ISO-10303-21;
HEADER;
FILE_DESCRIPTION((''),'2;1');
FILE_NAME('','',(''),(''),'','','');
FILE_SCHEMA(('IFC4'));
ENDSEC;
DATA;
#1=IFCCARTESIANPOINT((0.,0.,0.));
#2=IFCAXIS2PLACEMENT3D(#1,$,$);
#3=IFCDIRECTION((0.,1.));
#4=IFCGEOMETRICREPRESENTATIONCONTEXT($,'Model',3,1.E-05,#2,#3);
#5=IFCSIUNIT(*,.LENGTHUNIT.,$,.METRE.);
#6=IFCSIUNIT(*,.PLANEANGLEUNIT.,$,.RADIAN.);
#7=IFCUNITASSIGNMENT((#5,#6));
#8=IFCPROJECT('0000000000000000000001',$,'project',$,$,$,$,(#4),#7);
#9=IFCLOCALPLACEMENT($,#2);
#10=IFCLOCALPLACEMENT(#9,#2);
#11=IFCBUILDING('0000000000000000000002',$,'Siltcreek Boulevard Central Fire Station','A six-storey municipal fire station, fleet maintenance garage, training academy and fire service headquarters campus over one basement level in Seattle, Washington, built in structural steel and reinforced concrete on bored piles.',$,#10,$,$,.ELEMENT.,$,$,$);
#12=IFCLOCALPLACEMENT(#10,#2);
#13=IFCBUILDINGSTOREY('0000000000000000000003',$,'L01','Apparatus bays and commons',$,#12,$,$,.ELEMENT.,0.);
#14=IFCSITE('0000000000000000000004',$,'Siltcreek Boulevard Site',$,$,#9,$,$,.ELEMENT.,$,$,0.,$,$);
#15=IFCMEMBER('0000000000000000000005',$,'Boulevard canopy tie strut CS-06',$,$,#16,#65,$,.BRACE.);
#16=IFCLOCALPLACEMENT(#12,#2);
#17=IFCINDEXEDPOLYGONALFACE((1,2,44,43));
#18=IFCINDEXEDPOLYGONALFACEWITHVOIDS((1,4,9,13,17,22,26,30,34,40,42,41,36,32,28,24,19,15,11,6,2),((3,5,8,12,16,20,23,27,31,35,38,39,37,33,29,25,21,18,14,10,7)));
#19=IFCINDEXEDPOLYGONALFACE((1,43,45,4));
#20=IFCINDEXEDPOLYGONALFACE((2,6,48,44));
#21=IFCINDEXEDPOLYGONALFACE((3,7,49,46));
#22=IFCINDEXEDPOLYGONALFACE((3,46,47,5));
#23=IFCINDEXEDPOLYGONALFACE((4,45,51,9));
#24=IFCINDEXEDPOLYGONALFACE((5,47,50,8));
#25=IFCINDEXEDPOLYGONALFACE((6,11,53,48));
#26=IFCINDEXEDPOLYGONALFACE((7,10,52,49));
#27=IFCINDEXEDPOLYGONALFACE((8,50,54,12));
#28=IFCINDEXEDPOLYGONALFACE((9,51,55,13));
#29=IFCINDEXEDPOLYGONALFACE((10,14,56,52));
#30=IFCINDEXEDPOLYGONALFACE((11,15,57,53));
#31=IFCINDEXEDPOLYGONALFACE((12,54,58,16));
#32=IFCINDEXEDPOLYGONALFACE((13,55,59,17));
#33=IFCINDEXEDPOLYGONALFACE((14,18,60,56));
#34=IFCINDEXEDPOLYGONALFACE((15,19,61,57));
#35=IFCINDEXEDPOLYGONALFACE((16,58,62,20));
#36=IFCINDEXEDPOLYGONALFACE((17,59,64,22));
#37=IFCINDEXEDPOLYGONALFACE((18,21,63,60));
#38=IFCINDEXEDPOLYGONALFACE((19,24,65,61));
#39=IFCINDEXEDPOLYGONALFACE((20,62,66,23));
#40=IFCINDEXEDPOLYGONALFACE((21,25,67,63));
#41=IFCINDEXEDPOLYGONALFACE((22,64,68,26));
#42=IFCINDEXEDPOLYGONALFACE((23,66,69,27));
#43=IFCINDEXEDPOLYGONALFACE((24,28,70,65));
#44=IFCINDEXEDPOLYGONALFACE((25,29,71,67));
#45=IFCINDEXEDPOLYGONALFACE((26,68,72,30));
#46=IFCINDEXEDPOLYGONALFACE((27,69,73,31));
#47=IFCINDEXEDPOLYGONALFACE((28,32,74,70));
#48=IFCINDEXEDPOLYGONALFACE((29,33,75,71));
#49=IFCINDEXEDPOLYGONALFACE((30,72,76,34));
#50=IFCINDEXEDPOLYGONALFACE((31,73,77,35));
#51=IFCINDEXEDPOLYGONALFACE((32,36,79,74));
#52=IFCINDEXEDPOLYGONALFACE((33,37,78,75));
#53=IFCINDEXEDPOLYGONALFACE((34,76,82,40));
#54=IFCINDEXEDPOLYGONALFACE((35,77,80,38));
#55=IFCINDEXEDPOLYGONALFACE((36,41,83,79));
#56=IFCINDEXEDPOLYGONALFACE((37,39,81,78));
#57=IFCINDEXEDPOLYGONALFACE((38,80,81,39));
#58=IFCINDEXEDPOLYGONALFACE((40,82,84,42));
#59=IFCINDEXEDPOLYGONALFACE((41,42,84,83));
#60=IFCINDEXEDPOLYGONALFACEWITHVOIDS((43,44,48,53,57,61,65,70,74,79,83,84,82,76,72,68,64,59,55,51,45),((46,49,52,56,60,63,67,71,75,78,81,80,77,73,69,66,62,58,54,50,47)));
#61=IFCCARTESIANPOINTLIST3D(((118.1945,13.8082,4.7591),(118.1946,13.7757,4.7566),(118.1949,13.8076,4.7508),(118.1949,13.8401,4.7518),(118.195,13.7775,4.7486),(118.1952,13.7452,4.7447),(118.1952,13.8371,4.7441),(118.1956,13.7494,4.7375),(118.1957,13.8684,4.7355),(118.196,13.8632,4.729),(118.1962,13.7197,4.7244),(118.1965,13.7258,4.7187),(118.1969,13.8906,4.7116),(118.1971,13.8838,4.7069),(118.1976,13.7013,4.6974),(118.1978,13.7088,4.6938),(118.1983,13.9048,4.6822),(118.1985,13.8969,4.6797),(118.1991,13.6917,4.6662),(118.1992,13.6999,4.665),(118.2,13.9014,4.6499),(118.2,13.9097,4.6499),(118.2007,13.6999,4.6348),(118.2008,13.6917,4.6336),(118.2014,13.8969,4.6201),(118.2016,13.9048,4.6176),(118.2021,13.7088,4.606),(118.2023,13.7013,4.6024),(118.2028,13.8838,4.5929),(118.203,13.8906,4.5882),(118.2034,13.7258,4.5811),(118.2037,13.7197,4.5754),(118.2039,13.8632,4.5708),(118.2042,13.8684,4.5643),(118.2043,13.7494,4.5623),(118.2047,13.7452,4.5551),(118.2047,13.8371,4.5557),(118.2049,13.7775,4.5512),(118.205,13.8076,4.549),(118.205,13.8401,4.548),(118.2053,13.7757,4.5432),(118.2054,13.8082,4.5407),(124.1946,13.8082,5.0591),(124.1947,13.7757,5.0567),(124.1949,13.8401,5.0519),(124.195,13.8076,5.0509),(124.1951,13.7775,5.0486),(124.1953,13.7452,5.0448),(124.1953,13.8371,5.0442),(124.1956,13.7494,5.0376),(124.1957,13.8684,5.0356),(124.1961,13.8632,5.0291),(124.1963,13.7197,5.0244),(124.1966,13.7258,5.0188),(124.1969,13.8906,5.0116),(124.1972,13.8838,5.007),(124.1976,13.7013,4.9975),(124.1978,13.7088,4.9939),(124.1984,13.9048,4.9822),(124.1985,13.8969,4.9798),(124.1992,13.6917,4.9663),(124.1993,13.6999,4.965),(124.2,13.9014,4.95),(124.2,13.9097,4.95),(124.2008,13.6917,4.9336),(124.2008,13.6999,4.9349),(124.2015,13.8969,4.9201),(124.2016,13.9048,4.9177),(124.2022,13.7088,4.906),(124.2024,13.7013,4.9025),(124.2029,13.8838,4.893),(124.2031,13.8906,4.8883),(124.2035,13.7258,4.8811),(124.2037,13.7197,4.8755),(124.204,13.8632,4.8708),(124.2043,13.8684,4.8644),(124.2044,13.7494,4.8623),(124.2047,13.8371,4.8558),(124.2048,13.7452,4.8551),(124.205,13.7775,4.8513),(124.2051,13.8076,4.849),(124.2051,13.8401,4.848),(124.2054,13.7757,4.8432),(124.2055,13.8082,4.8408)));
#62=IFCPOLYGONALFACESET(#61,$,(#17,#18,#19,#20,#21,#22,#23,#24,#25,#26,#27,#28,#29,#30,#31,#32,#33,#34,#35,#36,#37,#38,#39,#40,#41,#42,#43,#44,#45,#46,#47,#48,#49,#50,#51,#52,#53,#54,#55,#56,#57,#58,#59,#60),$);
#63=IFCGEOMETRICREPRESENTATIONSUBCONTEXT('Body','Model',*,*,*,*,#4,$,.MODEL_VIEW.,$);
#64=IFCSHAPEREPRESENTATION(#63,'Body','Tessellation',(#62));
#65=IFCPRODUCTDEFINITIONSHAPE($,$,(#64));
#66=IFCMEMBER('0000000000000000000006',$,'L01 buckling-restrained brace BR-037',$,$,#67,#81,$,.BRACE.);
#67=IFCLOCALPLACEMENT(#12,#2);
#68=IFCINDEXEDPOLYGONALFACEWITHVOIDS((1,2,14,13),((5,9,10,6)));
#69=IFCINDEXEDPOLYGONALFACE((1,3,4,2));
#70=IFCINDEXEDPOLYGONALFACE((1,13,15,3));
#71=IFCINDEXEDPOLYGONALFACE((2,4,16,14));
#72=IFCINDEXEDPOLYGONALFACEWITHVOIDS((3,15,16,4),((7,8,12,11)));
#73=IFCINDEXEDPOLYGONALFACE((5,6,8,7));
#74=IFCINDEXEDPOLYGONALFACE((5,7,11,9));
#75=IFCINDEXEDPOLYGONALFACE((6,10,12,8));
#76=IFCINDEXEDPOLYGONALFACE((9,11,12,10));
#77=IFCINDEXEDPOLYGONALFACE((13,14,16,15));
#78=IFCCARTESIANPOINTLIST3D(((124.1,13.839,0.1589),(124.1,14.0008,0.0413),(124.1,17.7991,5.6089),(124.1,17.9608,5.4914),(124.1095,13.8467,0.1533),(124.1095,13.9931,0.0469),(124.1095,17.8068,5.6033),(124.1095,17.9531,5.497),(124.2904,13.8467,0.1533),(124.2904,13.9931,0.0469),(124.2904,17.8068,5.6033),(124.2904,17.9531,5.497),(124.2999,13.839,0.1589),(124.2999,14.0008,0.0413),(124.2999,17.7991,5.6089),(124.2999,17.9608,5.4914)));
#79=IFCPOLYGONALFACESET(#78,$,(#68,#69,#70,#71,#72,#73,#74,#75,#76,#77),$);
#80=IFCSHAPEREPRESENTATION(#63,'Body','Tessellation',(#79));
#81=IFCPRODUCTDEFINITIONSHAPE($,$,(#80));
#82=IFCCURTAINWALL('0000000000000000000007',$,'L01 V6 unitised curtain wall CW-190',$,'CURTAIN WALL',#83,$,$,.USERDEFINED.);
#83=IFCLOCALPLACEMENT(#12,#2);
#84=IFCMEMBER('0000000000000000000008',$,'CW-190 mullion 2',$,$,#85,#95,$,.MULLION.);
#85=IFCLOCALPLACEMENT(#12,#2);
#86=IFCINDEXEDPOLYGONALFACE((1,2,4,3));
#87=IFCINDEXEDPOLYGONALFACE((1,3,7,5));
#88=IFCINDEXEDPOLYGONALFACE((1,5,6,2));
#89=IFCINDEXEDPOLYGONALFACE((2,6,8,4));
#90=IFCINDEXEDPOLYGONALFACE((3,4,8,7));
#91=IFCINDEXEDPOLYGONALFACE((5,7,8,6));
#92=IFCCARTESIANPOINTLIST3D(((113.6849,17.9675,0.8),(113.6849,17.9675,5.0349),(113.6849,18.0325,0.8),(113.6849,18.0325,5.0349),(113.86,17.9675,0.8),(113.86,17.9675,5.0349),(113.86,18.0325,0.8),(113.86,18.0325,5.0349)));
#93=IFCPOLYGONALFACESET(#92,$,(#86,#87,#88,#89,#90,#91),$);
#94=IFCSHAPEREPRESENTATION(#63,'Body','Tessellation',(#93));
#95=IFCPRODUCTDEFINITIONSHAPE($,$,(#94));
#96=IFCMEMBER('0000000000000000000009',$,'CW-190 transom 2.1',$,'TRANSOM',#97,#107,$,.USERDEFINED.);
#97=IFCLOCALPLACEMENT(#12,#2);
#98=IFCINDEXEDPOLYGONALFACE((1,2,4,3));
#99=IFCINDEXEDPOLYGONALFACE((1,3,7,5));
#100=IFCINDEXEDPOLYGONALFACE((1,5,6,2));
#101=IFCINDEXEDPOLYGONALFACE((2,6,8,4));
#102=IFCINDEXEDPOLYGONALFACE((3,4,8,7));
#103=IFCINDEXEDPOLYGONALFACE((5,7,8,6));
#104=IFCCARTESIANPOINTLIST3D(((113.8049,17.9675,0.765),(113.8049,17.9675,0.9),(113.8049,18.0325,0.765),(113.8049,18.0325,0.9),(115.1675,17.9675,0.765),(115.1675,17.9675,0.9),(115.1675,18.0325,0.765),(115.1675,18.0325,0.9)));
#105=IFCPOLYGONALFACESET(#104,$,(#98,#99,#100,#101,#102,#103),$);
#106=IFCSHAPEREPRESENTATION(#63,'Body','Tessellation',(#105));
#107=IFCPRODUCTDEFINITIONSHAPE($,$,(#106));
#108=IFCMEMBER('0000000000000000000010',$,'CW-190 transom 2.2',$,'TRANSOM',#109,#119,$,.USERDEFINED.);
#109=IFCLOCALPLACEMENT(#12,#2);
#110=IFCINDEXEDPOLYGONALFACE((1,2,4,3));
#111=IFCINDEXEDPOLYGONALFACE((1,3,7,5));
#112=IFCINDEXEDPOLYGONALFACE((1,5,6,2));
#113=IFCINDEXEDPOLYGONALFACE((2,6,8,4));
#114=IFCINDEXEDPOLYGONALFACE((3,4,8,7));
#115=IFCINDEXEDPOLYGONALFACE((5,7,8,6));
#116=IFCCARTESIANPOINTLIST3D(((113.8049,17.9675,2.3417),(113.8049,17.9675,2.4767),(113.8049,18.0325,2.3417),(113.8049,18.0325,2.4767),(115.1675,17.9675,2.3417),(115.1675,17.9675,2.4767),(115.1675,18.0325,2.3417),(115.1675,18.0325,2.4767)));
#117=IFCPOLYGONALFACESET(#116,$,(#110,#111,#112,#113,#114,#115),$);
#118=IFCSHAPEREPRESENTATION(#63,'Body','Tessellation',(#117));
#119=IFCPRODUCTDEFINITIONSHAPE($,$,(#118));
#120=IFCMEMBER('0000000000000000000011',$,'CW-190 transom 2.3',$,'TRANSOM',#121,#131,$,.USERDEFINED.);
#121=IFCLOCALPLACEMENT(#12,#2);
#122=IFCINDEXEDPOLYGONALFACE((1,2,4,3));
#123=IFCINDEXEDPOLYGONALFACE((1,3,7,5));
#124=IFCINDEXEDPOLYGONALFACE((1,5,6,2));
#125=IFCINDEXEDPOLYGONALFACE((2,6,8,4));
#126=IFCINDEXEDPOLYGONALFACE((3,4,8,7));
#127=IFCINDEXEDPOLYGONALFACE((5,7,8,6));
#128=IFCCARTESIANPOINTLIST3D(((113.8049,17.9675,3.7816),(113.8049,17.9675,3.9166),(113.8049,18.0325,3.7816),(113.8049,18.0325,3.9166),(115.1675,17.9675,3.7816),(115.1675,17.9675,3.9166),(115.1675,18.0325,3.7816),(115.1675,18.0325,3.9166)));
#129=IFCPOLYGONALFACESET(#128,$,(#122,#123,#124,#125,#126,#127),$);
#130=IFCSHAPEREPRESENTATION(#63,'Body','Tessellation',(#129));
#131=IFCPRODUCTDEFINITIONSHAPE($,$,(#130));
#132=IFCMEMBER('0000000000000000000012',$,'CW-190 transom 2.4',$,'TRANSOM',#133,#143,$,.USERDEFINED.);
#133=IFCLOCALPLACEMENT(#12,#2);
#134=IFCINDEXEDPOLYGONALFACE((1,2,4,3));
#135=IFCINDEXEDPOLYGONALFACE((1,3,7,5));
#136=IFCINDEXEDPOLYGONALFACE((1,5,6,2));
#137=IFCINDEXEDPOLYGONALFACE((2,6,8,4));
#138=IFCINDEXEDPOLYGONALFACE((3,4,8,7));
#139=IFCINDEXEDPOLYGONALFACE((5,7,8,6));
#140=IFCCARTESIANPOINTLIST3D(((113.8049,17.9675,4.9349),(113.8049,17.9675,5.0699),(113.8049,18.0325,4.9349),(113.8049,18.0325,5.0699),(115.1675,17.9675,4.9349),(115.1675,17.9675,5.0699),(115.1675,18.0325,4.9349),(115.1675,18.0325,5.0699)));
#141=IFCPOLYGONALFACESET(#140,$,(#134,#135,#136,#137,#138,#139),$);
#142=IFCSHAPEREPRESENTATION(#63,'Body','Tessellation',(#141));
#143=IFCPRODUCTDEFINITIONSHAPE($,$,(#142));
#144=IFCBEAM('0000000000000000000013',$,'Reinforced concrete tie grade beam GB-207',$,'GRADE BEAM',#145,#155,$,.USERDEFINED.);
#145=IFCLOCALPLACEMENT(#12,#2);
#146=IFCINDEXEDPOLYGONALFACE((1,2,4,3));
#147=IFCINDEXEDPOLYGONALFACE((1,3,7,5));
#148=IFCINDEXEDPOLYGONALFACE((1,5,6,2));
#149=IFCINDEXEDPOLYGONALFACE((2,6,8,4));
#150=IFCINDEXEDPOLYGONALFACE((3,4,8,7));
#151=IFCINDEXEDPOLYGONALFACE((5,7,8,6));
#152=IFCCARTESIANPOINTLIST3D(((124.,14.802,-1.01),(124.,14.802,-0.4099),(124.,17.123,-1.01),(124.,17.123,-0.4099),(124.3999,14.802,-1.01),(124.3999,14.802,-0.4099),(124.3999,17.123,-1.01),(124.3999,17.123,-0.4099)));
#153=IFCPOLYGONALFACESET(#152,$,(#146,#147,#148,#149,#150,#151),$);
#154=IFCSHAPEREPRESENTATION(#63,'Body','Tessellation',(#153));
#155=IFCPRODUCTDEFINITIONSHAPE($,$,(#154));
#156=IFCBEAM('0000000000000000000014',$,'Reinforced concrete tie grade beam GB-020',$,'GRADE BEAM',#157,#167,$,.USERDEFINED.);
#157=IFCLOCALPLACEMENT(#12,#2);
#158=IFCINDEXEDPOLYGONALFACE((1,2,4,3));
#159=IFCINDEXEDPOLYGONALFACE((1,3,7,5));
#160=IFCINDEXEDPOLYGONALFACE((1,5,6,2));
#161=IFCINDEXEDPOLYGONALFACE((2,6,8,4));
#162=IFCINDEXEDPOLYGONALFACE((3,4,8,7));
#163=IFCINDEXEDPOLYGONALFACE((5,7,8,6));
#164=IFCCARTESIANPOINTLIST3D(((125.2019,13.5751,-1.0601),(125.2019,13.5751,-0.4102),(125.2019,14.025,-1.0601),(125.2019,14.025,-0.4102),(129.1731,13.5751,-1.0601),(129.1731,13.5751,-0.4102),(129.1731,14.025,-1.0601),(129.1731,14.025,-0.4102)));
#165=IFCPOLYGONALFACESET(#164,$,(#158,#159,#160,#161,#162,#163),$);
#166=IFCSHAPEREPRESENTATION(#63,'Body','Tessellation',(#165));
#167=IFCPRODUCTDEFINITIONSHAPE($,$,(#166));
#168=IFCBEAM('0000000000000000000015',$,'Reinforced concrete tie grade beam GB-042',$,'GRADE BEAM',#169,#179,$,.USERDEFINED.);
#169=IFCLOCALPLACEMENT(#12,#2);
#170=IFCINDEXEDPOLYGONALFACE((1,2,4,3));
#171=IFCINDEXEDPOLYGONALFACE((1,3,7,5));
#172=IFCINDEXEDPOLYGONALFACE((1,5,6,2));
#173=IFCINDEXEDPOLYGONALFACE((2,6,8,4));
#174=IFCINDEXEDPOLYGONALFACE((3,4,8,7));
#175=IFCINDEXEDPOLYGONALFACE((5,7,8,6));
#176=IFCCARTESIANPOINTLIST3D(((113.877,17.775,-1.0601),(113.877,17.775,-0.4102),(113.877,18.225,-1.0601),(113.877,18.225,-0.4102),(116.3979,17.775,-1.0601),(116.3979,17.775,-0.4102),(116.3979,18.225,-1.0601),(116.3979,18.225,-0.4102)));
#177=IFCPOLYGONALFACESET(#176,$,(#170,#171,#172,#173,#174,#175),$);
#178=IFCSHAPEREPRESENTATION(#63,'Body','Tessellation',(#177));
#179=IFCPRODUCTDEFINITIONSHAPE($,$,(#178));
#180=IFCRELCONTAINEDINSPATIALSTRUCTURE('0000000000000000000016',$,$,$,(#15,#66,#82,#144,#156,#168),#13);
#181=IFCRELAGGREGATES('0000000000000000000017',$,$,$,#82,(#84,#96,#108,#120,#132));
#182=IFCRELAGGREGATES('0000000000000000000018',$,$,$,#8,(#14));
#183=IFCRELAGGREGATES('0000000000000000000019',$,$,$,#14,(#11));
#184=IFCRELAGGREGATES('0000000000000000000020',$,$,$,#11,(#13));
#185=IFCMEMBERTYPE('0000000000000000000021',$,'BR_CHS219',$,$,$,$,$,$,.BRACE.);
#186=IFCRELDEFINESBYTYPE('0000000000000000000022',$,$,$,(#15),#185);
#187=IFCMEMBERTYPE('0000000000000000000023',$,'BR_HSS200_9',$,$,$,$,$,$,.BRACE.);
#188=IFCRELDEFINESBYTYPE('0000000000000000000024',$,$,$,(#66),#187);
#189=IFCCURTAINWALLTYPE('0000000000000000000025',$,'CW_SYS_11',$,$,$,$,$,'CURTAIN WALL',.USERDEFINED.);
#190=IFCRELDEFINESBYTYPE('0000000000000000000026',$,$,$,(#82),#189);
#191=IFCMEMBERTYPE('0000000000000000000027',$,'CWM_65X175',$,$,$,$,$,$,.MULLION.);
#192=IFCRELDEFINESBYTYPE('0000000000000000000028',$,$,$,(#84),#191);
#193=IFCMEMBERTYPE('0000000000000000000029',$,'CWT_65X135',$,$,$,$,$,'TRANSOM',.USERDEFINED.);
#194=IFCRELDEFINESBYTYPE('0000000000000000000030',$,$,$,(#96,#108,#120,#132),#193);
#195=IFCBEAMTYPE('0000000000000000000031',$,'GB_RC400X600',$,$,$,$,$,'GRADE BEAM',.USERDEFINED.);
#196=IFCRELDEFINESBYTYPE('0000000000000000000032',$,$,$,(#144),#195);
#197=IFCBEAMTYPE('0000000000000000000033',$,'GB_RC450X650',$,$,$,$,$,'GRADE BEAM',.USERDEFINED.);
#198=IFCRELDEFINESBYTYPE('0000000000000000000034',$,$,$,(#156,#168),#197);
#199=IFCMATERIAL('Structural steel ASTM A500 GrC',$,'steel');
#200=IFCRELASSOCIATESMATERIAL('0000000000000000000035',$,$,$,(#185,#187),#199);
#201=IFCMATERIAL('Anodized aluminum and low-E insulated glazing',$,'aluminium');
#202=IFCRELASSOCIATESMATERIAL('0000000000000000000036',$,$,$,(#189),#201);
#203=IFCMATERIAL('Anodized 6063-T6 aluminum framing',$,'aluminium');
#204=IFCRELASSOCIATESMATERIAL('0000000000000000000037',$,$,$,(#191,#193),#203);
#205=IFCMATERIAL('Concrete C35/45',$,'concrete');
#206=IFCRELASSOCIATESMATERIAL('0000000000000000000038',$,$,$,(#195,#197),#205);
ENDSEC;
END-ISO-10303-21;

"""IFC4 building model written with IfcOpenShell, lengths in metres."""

from ifc_helpers import new_model, si_unit, direction, frame, origin, origin_2d, place, context, subcontext, project, spatial, rectangle, hollow_rectangle, hollow_circle, extrude, material, material_profile, profile_set, type_object, element, aggregate, save


model = new_model("IFC4")

# Units and contexts
model_context = context("Model", 3, precision=1e-05, world=origin(), true_north=direction((0.0, 1.0)))
body_context = subcontext(model_context, "Body", "Model", "MODEL_VIEW")
ifc_project = project(units=[si_unit("LENGTHUNIT", "METRE"), si_unit("PLANEANGLEUNIT", "RADIAN")], contexts=[model_context])

# Site, building, storey
site_placement = place(None, origin())
site = spatial("IfcSite", under=ifc_project, at=site_placement, Name="Siltcreek Boulevard Site", CompositionType="ELEMENT", RefElevation=0.0)
building_placement = place(site_placement, origin())
building = spatial("IfcBuilding", under=site, at=building_placement, Name="Siltcreek Boulevard Central Fire Station", Description="A six-storey municipal fire station, fleet maintenance garage, training academy and fire service headquarters campus over one basement level in Seattle, Washington, built in structural steel and reinforced concrete on bored piles.", CompositionType="ELEMENT")
storey_placement = place(building_placement, origin())
storey = spatial("IfcBuildingStorey", under=building, at=storey_placement, Name="L01", Description="Apparatus bays and commons", CompositionType="ELEMENT", Elevation=0.0)

# Shared definitions
ifc_material_1 = material(Name="Concrete C35/45", Category="concrete")

# Members
ifc_material_2 = material(Name="Structural steel ASTM A500 GrC", Category="steel")
ifc_material_profile_1 = material_profile(ifc_material_2, hollow_circle(Radius=0.1096, WallThickness=0.0083, at=origin_2d()), Name="HSS219.1X8.2")
ifc_profile_set_1 = profile_set([ifc_material_profile_1], Name="Structural steel ASTM A500 GrC")
member_type_1 = type_object("IfcMemberType", Name="BR_CHS219", PredefinedType="BRACE", material=ifc_profile_set_1)
member_1_placement = place(storey_placement, frame((118.2, 13.8, 4.6499), z_axis=(0.998752, 0.0, 0.049946), x_axis=(0.0, 1.0, 0.0)))
element("IfcMember", 1, at=member_1_placement, inside=storey, type_object=member_type_1, Name="Boulevard canopy tie strut CS-06", PredefinedType="BRACE", context=body_context, shape_type="SweptSolid", body=[
    extrude(hollow_circle(Radius=0.1096, WallThickness=0.0083, at=origin_2d()), origin(), (0.0, 0.0, 1.0), 6.0076),
])
ifc_material_profile_2 = material_profile(ifc_material_2, hollow_rectangle(XDim=0.2, YDim=0.2, WallThickness=0.0095, at=origin_2d()), Name="HSS200X200X9.5")
ifc_profile_set_2 = profile_set([ifc_material_profile_2], Name="Structural steel ASTM A500 GrC")
member_type_2 = type_object("IfcMemberType", Name="BR_HSS200_9", PredefinedType="BRACE", material=ifc_profile_set_2)
member_2_placement = place(storey_placement, frame((124.2, 13.9199, 0.1001), z_axis=(0.0, 0.587818, 0.808993), x_axis=(-1.0, 0.0, 0.0)))
element("IfcMember", 2, at=member_2_placement, inside=storey, type_object=member_type_2, Name="L01 buckling-restrained brace BR-037", PredefinedType="BRACE", context=body_context, shape_type="SweptSolid", body=[
    extrude(hollow_rectangle(XDim=0.2, YDim=0.2, WallThickness=0.0095, at=origin_2d()), origin(), (0.0, 0.0, 1.0), 6.7368),
])

# Curtain wall, members
ifc_material_3 = material(Name="Anodized aluminum and low-E insulated glazing", Category="aluminium")
curtain_wall_type = type_object("IfcCurtainWallType", Name="CW_SYS_11", ElementType="CURTAIN WALL", PredefinedType="USERDEFINED", material=ifc_material_3)
curtain_wall_placement = place(storey_placement, origin())
curtain_wall = element("IfcCurtainWall", 3, at=curtain_wall_placement, inside=storey, type_object=curtain_wall_type, Name="L01 V6 unitised curtain wall CW-190", ObjectType="CURTAIN WALL", PredefinedType="USERDEFINED")
ifc_material_4 = material(Name="Anodized 6063-T6 aluminum framing", Category="aluminium")
ifc_material_profile_3 = material_profile(ifc_material_4, rectangle(XDim=0.0649, YDim=0.175, at=origin_2d()), Name="MULL65X175")
ifc_profile_set_3 = profile_set([ifc_material_profile_3], Name="Anodized 6063-T6 aluminum framing")
member_type_3 = type_object("IfcMemberType", Name="CWM_65X175", PredefinedType="MULLION", material=ifc_profile_set_3)
member_3_placement = place(storey_placement, frame((113.7725, 18.0, 0.8), z_axis=(0.0, 0.0, 1.0), x_axis=(0.0, 1.0, 0.0)))
member_3 = element("IfcMember", 4, at=member_3_placement, type_object=member_type_3, Name="CW-190 mullion 2", PredefinedType="MULLION", context=body_context, shape_type="SweptSolid", body=[
    extrude(rectangle(XDim=0.0649, YDim=0.175, at=origin_2d()), origin(), (0.0, 0.0, 1.0), 4.2349),
])
ifc_material_profile_4 = material_profile(ifc_material_4, rectangle(XDim=0.0649, YDim=0.135, at=origin_2d()), Name="TRAN65X135")
ifc_profile_set_4 = profile_set([ifc_material_profile_4], Name="Anodized 6063-T6 aluminum framing")
member_type_4 = type_object("IfcMemberType", Name="CWT_65X135", ElementType="TRANSOM", PredefinedType="USERDEFINED", material=ifc_profile_set_4)
member_4_placement = place(storey_placement, frame((113.8049, 18.0, 0.8325), z_axis=(1.0, 0.0, 0.0), x_axis=(0.0, 1.0, 0.0)))
member_4 = element("IfcMember", 5, at=member_4_placement, type_object=member_type_4, Name="CW-190 transom 2.1", ObjectType="TRANSOM", PredefinedType="USERDEFINED", context=body_context, shape_type="SweptSolid", body=[
    extrude(rectangle(XDim=0.0649, YDim=0.135, at=origin_2d()), origin(), (0.0, 0.0, 1.0), 1.3625),
])
member_5_placement = place(storey_placement, frame((113.8049, 18.0, 2.4092), z_axis=(1.0, 0.0, 0.0), x_axis=(0.0, 1.0, 0.0)))
member_5 = element("IfcMember", 6, at=member_5_placement, type_object=member_type_4, Name="CW-190 transom 2.2", ObjectType="TRANSOM", PredefinedType="USERDEFINED", context=body_context, shape_type="SweptSolid", body=[
    extrude(rectangle(XDim=0.0649, YDim=0.135, at=origin_2d()), origin(), (0.0, 0.0, 1.0), 1.3625),
])
member_6_placement = place(storey_placement, frame((113.8049, 18.0, 3.8491), z_axis=(1.0, 0.0, 0.0), x_axis=(0.0, 1.0, 0.0)))
member_6 = element("IfcMember", 7, at=member_6_placement, type_object=member_type_4, Name="CW-190 transom 2.3", ObjectType="TRANSOM", PredefinedType="USERDEFINED", context=body_context, shape_type="SweptSolid", body=[
    extrude(rectangle(XDim=0.0649, YDim=0.135, at=origin_2d()), origin(), (0.0, 0.0, 1.0), 1.3625),
])
member_7_placement = place(storey_placement, frame((113.8049, 18.0, 5.0024), z_axis=(1.0, 0.0, 0.0), x_axis=(0.0, 1.0, 0.0)))
member_7 = element("IfcMember", 8, at=member_7_placement, type_object=member_type_4, Name="CW-190 transom 2.4", ObjectType="TRANSOM", PredefinedType="USERDEFINED", context=body_context, shape_type="SweptSolid", body=[
    extrude(rectangle(XDim=0.0649, YDim=0.135, at=origin_2d()), origin(), (0.0, 0.0, 1.0), 1.3625),
])

# Beams
ifc_material_profile_5 = material_profile(ifc_material_1, rectangle(XDim=0.3999, YDim=0.6001, at=origin_2d()), Name="RC400X600")
ifc_profile_set_5 = profile_set([ifc_material_profile_5], Name="Concrete C35/45")
beam_type_1 = type_object("IfcBeamType", Name="GB_RC400X600", ElementType="GRADE BEAM", PredefinedType="USERDEFINED", material=ifc_profile_set_5)
beam_1_placement = place(storey_placement, frame((124.2, 14.802, -0.71), z_axis=(0.0, 1.0, 0.0), x_axis=(-1.0, 0.0, 0.0)))
element("IfcBeam", 9, at=beam_1_placement, inside=storey, type_object=beam_type_1, Name="Reinforced concrete tie grade beam GB-207", ObjectType="GRADE BEAM", PredefinedType="USERDEFINED", context=body_context, shape_type="SweptSolid", body=[
    extrude(rectangle(XDim=0.3999, YDim=0.6001, at=origin_2d()), origin(), (0.0, 0.0, 1.0), 2.321),
])
ifc_material_profile_6 = material_profile(ifc_material_1, rectangle(XDim=0.45, YDim=0.6499, at=origin_2d()), Name="RC450X650")
ifc_profile_set_6 = profile_set([ifc_material_profile_6], Name="Concrete C35/45")
beam_type_2 = type_object("IfcBeamType", Name="GB_RC450X650", ElementType="GRADE BEAM", PredefinedType="USERDEFINED", material=ifc_profile_set_6)
beam_2_placement = place(storey_placement, frame((125.2019, 13.8, -0.7351), z_axis=(1.0, 0.0, 0.0), x_axis=(0.0, 1.0, 0.0)))
element("IfcBeam", 10, at=beam_2_placement, inside=storey, type_object=beam_type_2, Name="Reinforced concrete tie grade beam GB-020", ObjectType="GRADE BEAM", PredefinedType="USERDEFINED", context=body_context, shape_type="SweptSolid", body=[
    extrude(rectangle(XDim=0.45, YDim=0.6499, at=origin_2d()), origin(), (0.0, 0.0, 1.0), 3.9712),
])
beam_3_placement = place(storey_placement, frame((113.877, 18.0, -0.7351), z_axis=(1.0, 0.0, 0.0), x_axis=(0.0, 1.0, 0.0)))
element("IfcBeam", 11, at=beam_3_placement, inside=storey, type_object=beam_type_2, Name="Reinforced concrete tie grade beam GB-042", ObjectType="GRADE BEAM", PredefinedType="USERDEFINED", context=body_context, shape_type="SweptSolid", body=[
    extrude(rectangle(XDim=0.45, YDim=0.6499, at=origin_2d()), origin(), (0.0, 0.0, 1.0), 2.521),
])

aggregate(curtain_wall, [member_3, member_4, member_5, member_6, member_7])

save(model, "model.ifc")
